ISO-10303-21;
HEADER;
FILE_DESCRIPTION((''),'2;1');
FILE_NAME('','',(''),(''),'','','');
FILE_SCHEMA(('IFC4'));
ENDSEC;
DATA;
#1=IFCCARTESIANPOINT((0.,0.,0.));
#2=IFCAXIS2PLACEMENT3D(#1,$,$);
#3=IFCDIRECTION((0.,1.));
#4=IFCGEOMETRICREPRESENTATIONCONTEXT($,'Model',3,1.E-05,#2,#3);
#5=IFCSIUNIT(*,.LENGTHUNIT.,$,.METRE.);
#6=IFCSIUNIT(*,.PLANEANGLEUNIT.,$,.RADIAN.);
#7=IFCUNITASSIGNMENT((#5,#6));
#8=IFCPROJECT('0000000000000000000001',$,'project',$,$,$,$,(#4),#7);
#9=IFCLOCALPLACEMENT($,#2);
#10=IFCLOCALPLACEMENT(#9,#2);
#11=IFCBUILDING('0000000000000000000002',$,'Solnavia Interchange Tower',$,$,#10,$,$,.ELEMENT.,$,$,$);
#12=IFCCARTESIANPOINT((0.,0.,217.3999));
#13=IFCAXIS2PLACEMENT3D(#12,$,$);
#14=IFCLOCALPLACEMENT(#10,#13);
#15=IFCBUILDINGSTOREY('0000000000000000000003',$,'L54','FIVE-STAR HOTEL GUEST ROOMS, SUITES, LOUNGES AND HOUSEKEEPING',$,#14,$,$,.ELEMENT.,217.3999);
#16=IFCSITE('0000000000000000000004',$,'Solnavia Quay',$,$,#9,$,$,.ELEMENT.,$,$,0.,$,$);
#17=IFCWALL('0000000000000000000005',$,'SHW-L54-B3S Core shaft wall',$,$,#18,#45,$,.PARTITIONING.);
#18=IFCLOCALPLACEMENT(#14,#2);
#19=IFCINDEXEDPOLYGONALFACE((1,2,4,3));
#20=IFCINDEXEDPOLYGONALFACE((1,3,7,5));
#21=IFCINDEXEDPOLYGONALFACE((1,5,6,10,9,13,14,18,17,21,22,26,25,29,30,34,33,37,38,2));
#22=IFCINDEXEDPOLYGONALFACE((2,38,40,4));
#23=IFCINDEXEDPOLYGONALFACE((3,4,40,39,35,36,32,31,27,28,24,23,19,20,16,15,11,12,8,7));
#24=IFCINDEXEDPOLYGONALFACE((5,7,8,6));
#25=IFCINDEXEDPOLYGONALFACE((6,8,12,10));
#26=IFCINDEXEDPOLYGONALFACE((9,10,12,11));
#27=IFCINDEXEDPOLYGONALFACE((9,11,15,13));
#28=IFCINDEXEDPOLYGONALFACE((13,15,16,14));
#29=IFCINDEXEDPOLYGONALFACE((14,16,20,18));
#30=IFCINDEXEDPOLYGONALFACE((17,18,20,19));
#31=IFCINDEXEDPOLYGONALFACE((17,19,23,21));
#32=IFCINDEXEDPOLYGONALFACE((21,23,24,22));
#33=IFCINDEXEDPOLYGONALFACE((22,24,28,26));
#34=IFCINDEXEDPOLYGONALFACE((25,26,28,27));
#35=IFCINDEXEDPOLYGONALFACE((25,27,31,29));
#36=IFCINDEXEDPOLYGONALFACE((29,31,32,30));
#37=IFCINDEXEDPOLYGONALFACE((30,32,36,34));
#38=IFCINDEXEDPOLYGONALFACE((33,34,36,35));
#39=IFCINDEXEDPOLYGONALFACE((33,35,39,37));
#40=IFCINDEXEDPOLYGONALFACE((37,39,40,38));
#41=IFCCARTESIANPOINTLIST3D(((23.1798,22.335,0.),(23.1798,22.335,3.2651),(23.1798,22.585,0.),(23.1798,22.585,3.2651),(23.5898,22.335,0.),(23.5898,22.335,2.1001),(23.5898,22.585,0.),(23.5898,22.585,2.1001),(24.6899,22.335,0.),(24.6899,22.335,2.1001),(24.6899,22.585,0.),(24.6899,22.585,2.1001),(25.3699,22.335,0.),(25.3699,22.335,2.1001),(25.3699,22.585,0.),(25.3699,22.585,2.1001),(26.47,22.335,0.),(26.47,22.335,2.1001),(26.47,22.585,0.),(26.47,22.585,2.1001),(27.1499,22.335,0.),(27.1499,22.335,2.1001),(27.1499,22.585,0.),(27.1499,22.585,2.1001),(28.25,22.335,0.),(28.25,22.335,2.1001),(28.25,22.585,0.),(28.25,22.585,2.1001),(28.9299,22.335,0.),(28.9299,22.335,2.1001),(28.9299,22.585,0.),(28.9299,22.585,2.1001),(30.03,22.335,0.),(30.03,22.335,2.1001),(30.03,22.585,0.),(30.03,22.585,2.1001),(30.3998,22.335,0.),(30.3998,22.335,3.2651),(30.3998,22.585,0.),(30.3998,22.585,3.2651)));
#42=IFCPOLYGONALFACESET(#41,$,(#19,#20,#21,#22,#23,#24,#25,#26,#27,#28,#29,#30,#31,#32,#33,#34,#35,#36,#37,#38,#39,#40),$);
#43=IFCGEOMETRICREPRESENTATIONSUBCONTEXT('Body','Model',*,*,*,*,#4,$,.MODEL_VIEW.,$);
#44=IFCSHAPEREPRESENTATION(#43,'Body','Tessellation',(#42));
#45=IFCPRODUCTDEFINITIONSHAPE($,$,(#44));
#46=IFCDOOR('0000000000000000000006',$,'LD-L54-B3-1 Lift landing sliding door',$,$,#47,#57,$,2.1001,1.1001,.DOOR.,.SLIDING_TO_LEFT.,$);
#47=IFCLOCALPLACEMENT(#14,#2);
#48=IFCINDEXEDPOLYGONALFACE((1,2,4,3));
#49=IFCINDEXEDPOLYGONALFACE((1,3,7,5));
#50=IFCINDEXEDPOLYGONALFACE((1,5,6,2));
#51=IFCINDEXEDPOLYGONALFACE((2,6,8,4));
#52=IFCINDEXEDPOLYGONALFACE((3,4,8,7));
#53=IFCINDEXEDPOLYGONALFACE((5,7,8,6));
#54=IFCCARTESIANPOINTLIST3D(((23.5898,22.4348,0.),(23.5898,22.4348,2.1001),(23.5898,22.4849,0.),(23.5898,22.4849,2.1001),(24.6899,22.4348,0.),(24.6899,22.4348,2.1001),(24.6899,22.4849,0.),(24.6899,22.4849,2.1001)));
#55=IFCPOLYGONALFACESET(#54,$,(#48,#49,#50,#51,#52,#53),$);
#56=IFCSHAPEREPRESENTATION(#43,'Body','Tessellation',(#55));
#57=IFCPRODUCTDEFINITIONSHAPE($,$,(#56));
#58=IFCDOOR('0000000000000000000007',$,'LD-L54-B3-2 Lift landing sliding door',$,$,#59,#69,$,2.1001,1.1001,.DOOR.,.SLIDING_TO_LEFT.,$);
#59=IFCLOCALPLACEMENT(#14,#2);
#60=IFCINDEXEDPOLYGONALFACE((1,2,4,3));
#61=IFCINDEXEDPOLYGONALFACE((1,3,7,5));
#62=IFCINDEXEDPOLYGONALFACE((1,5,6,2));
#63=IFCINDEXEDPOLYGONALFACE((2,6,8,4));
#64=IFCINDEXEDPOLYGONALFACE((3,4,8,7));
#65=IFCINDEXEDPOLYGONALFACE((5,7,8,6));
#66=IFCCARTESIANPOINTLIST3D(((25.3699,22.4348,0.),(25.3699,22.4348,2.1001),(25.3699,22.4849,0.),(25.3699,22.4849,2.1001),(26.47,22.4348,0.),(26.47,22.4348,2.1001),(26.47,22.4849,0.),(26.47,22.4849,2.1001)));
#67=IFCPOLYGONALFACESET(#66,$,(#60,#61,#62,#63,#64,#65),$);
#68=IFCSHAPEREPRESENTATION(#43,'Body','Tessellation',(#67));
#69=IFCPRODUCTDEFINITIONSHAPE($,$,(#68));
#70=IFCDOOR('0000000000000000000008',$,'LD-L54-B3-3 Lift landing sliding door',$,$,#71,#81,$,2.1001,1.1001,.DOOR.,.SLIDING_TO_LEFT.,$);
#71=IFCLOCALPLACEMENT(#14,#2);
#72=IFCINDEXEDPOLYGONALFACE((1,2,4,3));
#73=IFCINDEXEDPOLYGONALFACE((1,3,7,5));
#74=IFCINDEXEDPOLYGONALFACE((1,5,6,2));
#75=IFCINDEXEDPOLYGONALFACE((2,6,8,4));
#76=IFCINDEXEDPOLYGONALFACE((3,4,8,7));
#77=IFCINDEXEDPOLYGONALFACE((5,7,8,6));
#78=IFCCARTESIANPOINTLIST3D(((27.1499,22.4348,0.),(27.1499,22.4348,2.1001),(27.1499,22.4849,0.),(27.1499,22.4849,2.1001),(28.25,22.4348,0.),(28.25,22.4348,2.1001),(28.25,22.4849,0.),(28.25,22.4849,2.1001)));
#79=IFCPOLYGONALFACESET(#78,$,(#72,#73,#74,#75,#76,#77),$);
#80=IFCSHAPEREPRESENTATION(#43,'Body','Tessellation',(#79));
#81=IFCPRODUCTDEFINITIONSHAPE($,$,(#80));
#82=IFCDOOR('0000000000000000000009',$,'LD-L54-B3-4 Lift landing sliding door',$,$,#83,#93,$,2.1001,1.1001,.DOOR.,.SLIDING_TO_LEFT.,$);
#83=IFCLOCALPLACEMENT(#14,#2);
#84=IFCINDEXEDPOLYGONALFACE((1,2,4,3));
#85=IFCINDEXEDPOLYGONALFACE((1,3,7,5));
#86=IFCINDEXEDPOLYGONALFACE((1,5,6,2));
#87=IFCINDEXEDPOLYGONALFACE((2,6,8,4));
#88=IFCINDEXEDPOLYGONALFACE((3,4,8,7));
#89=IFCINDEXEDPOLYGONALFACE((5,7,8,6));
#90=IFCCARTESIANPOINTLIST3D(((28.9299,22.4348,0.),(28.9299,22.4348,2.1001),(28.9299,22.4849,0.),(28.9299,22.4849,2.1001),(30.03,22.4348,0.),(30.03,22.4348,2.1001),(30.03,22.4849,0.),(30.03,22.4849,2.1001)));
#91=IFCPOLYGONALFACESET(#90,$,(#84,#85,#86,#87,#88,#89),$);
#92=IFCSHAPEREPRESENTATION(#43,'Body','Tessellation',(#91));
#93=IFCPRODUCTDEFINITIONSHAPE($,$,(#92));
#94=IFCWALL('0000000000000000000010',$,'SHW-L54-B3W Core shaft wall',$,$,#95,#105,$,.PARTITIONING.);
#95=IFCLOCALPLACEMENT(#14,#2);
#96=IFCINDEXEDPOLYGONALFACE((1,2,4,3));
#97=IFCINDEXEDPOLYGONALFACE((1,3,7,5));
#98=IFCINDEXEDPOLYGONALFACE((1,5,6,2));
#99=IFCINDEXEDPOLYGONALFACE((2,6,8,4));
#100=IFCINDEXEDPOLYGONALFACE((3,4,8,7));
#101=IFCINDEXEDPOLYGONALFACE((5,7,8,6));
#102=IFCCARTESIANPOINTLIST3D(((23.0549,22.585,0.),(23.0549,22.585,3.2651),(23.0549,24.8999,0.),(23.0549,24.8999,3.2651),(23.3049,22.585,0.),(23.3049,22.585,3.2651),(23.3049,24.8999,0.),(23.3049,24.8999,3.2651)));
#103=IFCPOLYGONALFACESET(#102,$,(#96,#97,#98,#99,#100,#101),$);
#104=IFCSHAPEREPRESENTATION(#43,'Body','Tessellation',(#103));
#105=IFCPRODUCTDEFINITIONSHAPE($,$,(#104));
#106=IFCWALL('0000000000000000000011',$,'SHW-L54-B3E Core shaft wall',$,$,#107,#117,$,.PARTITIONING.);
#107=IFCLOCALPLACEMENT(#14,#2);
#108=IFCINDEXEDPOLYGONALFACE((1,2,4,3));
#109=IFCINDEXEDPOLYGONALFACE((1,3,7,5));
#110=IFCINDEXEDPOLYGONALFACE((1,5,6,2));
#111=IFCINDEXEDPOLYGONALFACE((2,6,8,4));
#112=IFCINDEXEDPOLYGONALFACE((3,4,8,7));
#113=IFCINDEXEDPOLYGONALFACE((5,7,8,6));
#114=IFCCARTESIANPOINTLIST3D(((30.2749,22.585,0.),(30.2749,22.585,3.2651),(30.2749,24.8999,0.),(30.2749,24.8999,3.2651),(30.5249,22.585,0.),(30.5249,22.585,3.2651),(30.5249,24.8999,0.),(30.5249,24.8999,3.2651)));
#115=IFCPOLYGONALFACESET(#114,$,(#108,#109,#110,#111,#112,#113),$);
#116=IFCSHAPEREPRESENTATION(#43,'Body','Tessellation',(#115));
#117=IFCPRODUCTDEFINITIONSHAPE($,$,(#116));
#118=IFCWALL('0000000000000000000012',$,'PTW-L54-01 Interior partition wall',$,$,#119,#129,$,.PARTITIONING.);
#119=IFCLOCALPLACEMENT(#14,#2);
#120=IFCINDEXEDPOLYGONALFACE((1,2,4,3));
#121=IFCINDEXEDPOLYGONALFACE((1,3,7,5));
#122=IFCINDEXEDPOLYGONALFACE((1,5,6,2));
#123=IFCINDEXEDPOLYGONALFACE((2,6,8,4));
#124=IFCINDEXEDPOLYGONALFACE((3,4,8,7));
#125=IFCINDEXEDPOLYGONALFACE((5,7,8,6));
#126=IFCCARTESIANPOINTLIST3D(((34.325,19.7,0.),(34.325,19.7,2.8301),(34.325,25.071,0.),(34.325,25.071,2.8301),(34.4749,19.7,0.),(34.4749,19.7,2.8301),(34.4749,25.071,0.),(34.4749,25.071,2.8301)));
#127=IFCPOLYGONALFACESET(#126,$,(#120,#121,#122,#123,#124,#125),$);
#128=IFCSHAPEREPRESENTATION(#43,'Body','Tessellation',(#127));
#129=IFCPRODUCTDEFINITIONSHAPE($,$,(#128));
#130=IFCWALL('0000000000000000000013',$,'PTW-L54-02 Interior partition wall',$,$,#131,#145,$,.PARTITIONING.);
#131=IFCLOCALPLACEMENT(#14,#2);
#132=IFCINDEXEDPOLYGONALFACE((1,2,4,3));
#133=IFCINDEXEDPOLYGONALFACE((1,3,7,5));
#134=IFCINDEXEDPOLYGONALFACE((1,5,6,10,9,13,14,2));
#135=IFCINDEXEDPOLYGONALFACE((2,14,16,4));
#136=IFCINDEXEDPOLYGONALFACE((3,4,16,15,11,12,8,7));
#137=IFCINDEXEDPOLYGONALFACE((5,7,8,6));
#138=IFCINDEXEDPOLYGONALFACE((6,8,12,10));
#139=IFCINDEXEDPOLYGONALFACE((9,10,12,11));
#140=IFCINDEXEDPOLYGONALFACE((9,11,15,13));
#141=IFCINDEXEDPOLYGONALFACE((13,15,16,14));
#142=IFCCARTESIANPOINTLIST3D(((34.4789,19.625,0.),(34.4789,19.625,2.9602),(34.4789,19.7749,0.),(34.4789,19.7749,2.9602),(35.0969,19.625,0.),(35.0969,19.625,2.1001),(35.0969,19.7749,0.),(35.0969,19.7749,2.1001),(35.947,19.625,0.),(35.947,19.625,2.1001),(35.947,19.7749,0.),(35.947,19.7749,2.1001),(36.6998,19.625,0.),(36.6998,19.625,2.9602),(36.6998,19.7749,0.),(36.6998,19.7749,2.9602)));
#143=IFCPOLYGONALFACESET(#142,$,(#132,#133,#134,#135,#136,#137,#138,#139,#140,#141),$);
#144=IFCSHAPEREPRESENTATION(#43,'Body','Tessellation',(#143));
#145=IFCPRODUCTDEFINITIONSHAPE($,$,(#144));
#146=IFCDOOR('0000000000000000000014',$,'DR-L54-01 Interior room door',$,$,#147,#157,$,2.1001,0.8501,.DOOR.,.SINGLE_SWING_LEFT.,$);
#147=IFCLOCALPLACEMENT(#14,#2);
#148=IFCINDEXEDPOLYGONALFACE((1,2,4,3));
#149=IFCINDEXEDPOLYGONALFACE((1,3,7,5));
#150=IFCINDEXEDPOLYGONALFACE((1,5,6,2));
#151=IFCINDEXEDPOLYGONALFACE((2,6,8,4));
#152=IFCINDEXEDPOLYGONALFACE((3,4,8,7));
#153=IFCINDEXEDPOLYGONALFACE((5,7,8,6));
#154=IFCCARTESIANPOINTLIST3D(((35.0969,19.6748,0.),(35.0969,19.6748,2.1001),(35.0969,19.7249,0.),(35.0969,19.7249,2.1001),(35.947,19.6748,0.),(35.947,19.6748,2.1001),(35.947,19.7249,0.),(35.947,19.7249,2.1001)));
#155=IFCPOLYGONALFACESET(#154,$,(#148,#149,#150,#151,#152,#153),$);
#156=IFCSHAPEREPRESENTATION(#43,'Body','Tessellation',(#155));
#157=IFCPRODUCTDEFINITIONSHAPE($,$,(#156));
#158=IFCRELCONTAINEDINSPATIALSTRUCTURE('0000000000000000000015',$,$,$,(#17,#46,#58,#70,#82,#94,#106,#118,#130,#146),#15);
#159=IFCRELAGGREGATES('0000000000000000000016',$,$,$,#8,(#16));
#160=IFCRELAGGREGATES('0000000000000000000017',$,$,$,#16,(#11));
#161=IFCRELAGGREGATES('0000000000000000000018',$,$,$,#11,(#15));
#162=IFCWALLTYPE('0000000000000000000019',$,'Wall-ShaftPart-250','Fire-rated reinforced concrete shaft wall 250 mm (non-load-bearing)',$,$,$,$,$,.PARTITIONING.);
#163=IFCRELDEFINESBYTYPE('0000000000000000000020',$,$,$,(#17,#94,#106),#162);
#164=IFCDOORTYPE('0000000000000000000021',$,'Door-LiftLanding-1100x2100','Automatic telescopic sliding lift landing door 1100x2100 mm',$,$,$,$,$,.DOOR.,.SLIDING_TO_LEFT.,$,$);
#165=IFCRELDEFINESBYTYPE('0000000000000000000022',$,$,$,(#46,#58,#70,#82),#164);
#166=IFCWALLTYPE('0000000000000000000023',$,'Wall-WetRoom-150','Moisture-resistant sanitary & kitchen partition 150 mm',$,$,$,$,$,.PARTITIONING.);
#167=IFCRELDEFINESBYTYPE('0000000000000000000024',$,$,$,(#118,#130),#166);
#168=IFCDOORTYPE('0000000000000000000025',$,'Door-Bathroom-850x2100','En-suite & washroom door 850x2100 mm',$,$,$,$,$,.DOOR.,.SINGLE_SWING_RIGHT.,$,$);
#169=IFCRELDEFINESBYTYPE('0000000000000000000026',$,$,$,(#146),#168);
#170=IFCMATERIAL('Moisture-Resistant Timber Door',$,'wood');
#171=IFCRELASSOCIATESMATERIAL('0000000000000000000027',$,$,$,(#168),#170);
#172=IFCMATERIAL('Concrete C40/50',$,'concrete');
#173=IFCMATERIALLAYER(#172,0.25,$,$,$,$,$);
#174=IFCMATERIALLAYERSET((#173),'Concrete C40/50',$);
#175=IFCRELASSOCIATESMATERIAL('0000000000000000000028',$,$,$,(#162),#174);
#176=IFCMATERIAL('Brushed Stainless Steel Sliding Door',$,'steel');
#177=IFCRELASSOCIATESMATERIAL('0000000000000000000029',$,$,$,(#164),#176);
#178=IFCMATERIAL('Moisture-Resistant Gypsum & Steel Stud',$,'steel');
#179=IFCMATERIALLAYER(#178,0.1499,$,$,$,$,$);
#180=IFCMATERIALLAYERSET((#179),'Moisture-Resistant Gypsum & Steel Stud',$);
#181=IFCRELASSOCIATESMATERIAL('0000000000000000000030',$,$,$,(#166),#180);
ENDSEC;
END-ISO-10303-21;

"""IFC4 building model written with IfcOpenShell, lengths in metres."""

from ifc_helpers import new_model, si_unit, direction, frame, frame_2d, origin, place, context, subcontext, project, spatial, rectangle, extrude, material, layer, layer_set, type_object, element, fill, save


model = new_model("IFC4")

# Units and contexts
model_context = context("Model", 3, precision=1e-05, world=origin(), true_north=direction((0.0, 1.0)))
body_context = subcontext(model_context, "Body", "Model", "MODEL_VIEW")
ifc_project = project(units=[si_unit("LENGTHUNIT", "METRE"), si_unit("PLANEANGLEUNIT", "RADIAN")], contexts=[model_context])

# Site, building, storey
site_placement = place(None, origin())
site = spatial("IfcSite", under=ifc_project, at=site_placement, Name="Solnavia Quay", CompositionType="ELEMENT", RefElevation=0.0)
building_placement = place(site_placement, origin())
building = spatial("IfcBuilding", under=site, at=building_placement, Name="Solnavia Interchange Tower", CompositionType="ELEMENT")
storey_placement = place(building_placement, frame((0.0, 0.0, 217.3999)))
storey = spatial("IfcBuildingStorey", under=building, at=storey_placement, Name="L54", Description="FIVE-STAR HOTEL GUEST ROOMS, SUITES, LOUNGES AND HOUSEKEEPING", CompositionType="ELEMENT", Elevation=217.3999)

# Shared definitions
ifc_material_1 = material(Name="Concrete C40/50", Category="concrete")

# Shared definitions
ifc_material_2 = material(Name="Moisture-Resistant Timber Door", Category="wood")
door_type_1 = type_object("IfcDoorType", Name="Door-Bathroom-850x2100", Description="En-suite & washroom door 850x2100 mm", OperationType="SINGLE_SWING_RIGHT", PredefinedType="DOOR", material=ifc_material_2)

# Shared definitions
ifc_layer_1 = layer(ifc_material_1, 0.25)
ifc_layer_set_1 = layer_set([ifc_layer_1], Name="Concrete C40/50")
wall_type_1 = type_object("IfcWallType", Name="Wall-ShaftPart-250", Description="Fire-rated reinforced concrete shaft wall 250 mm (non-load-bearing)", PredefinedType="PARTITIONING", material=ifc_layer_set_1)

# Wall, openings, doors
wall_1_placement = place(storey_placement, frame((23.1799, 22.46, 0.0), z_axis=(0.0, 0.0, 1.0), x_axis=(1.0, 0.0, 0.0)))
wall_1 = element("IfcWall", 1, at=wall_1_placement, inside=storey, type_object=wall_type_1, Name="SHW-L54-B3S Core shaft wall", PredefinedType="PARTITIONING", context=body_context, shape_type="SweptSolid", body=[
    extrude(rectangle(XDim=7.22, YDim=0.25, at=frame_2d((3.6099, 0.0))), origin(), (0.0, 0.0, 1.0), 3.2651),
])
opening_1_placement = place(wall_1_placement, frame((0.4099, 0.0, 0.0)))
opening_1 = element("IfcOpeningElement", 2, at=opening_1_placement, cuts=wall_1, PredefinedType="OPENING", context=body_context, shape_type="SweptSolid", body=[
    extrude(rectangle(XDim=1.1001, YDim=2.1001, at=frame_2d((0.55, 1.05))), frame((0.0, 0.135, 0.0), z_axis=(0.0, -1.0, 0.0), x_axis=(1.0, 0.0, 0.0)), (0.0, 0.0, 1.0), 0.27),
])
opening_2_placement = place(wall_1_placement, frame((2.1899, 0.0, 0.0)))
opening_2 = element("IfcOpeningElement", 3, at=opening_2_placement, cuts=wall_1, PredefinedType="OPENING", context=body_context, shape_type="SweptSolid", body=[
    extrude(rectangle(XDim=1.1001, YDim=2.1001, at=frame_2d((0.55, 1.05))), frame((0.0, 0.135, 0.0), z_axis=(0.0, -1.0, 0.0), x_axis=(1.0, 0.0, 0.0)), (0.0, 0.0, 1.0), 0.27),
])
opening_3_placement = place(wall_1_placement, frame((3.97, 0.0, 0.0)))
opening_3 = element("IfcOpeningElement", 4, at=opening_3_placement, cuts=wall_1, PredefinedType="OPENING", context=body_context, shape_type="SweptSolid", body=[
    extrude(rectangle(XDim=1.1001, YDim=2.1001, at=frame_2d((0.55, 1.05))), frame((0.0, 0.135, 0.0), z_axis=(0.0, -1.0, 0.0), x_axis=(1.0, 0.0, 0.0)), (0.0, 0.0, 1.0), 0.27),
])
opening_4_placement = place(wall_1_placement, frame((5.75, 0.0, 0.0)))
opening_4 = element("IfcOpeningElement", 5, at=opening_4_placement, cuts=wall_1, PredefinedType="OPENING", context=body_context, shape_type="SweptSolid", body=[
    extrude(rectangle(XDim=1.1001, YDim=2.1001, at=frame_2d((0.55, 1.05))), frame((0.0, 0.135, 0.0), z_axis=(0.0, -1.0, 0.0), x_axis=(1.0, 0.0, 0.0)), (0.0, 0.0, 1.0), 0.27),
])
ifc_material_3 = material(Name="Brushed Stainless Steel Sliding Door", Category="steel")
door_type_2 = type_object("IfcDoorType", Name="Door-LiftLanding-1100x2100", Description="Automatic telescopic sliding lift landing door 1100x2100 mm", OperationType="SLIDING_TO_LEFT", PredefinedType="DOOR", material=ifc_material_3)
door_1_placement = place(opening_1_placement, origin())
door_1 = element("IfcDoor", 6, at=door_1_placement, inside=storey, type_object=door_type_2, Name="LD-L54-B3-1 Lift landing sliding door", OperationType="SLIDING_TO_LEFT", OverallHeight=2.1001, OverallWidth=1.1001, PredefinedType="DOOR", context=body_context, shape_type="SweptSolid", body=[
    extrude(rectangle(XDim=1.1001, YDim=2.1001, at=frame_2d((0.55, 1.05))), frame((0.0, 0.0249, 0.0), z_axis=(0.0, -1.0, 0.0), x_axis=(1.0, 0.0, 0.0)), (0.0, 0.0, 1.0), 0.05),
])
fill(opening_1, door_1)
door_2_placement = place(opening_2_placement, origin())
door_2 = element("IfcDoor", 7, at=door_2_placement, inside=storey, type_object=door_type_2, Name="LD-L54-B3-2 Lift landing sliding door", OperationType="SLIDING_TO_LEFT", OverallHeight=2.1001, OverallWidth=1.1001, PredefinedType="DOOR", context=body_context, shape_type="SweptSolid", body=[
    extrude(rectangle(XDim=1.1001, YDim=2.1001, at=frame_2d((0.55, 1.05))), frame((0.0, 0.0249, 0.0), z_axis=(0.0, -1.0, 0.0), x_axis=(1.0, 0.0, 0.0)), (0.0, 0.0, 1.0), 0.05),
])
fill(opening_2, door_2)
door_3_placement = place(opening_3_placement, origin())
door_3 = element("IfcDoor", 8, at=door_3_placement, inside=storey, type_object=door_type_2, Name="LD-L54-B3-3 Lift landing sliding door", OperationType="SLIDING_TO_LEFT", OverallHeight=2.1001, OverallWidth=1.1001, PredefinedType="DOOR", context=body_context, shape_type="SweptSolid", body=[
    extrude(rectangle(XDim=1.1001, YDim=2.1001, at=frame_2d((0.55, 1.05))), frame((0.0, 0.0249, 0.0), z_axis=(0.0, -1.0, 0.0), x_axis=(1.0, 0.0, 0.0)), (0.0, 0.0, 1.0), 0.05),
])
fill(opening_3, door_3)
door_4_placement = place(opening_4_placement, origin())
door_4 = element("IfcDoor", 9, at=door_4_placement, inside=storey, type_object=door_type_2, Name="LD-L54-B3-4 Lift landing sliding door", OperationType="SLIDING_TO_LEFT", OverallHeight=2.1001, OverallWidth=1.1001, PredefinedType="DOOR", context=body_context, shape_type="SweptSolid", body=[
    extrude(rectangle(XDim=1.1001, YDim=2.1001, at=frame_2d((0.55, 1.05))), frame((0.0, 0.0249, 0.0), z_axis=(0.0, -1.0, 0.0), x_axis=(1.0, 0.0, 0.0)), (0.0, 0.0, 1.0), 0.05),
])
fill(opening_4, door_4)

# Walls
for number, where, z_axis, x_axis, name in (
    (10, (23.1799, 22.585, 0.0), (0.0, 0.0, 1.0), (0.0, 1.0, 0.0), "SHW-L54-B3W Core shaft wall"),
    (11, (30.3999, 22.585, 0.0), (0.0, 0.0, 1.0), (0.0, 1.0, 0.0), "SHW-L54-B3E Core shaft wall"),
):
    element("IfcWall", number, at=place(storey_placement, frame(where, z_axis=z_axis, x_axis=x_axis)), inside=storey, type_object=wall_type_1, Name=name, PredefinedType="PARTITIONING", context=body_context, shape_type="SweptSolid", body=[
        extrude(rectangle(XDim=2.3149, YDim=0.25, at=frame_2d((1.1575, 0.0))), origin(), (0.0, 0.0, 1.0), 3.2651),
    ])
ifc_material_4 = material(Name="Moisture-Resistant Gypsum & Steel Stud", Category="steel")
ifc_layer_2 = layer(ifc_material_4, 0.1499)
ifc_layer_set_2 = layer_set([ifc_layer_2], Name="Moisture-Resistant Gypsum & Steel Stud")
wall_type_2 = type_object("IfcWallType", Name="Wall-WetRoom-150", Description="Moisture-resistant sanitary & kitchen partition 150 mm", PredefinedType="PARTITIONING", material=ifc_layer_set_2)
wall_2_placement = place(storey_placement, frame((34.3999, 19.7, 0.0), z_axis=(0.0, 0.0, 1.0), x_axis=(0.0, 1.0, 0.0)))
element("IfcWall", 12, at=wall_2_placement, inside=storey, type_object=wall_type_2, Name="PTW-L54-01 Interior partition wall", PredefinedType="PARTITIONING", context=body_context, shape_type="SweptSolid", body=[
    extrude(rectangle(XDim=5.3711, YDim=0.1499, at=frame_2d((2.6855, 0.0))), origin(), (0.0, 0.0, 1.0), 2.8301),
])

# Wall, opening, door
wall_3_placement = place(storey_placement, frame((34.479, 19.7, 0.0), z_axis=(0.0, 0.0, 1.0), x_axis=(1.0, 0.0, 0.0)))
wall_3 = element("IfcWall", 13, at=wall_3_placement, inside=storey, type_object=wall_type_2, Name="PTW-L54-02 Interior partition wall", PredefinedType="PARTITIONING", context=body_context, shape_type="SweptSolid", body=[
    extrude(rectangle(XDim=2.2209, YDim=0.1499, at=frame_2d((1.1104, 0.0))), origin(), (0.0, 0.0, 1.0), 2.9602),
])
opening_5_placement = place(wall_3_placement, frame((0.6179, 0.0, 0.0)))
opening_5 = element("IfcOpeningElement", 14, at=opening_5_placement, cuts=wall_3, PredefinedType="OPENING", context=body_context, shape_type="SweptSolid", body=[
    extrude(rectangle(XDim=0.8501, YDim=2.1001, at=frame_2d((0.425, 1.05))), frame((0.0, 0.085, 0.0), z_axis=(0.0, -1.0, 0.0), x_axis=(1.0, 0.0, 0.0)), (0.0, 0.0, 1.0), 0.1699),
])
door_5_placement = place(opening_5_placement, origin())
door_5 = element("IfcDoor", 15, at=door_5_placement, inside=storey, type_object=door_type_1, Name="DR-L54-01 Interior room door", OperationType="SINGLE_SWING_LEFT", OverallHeight=2.1001, OverallWidth=0.8501, PredefinedType="DOOR", context=body_context, shape_type="SweptSolid", body=[
    extrude(rectangle(XDim=0.8501, YDim=2.1001, at=frame_2d((0.425, 1.05))), frame((0.0, 0.0249, 0.0), z_axis=(0.0, -1.0, 0.0), x_axis=(1.0, 0.0, 0.0)), (0.0, 0.0, 1.0), 0.05),
])
fill(opening_5, door_5)

save(model, "model.ifc")
